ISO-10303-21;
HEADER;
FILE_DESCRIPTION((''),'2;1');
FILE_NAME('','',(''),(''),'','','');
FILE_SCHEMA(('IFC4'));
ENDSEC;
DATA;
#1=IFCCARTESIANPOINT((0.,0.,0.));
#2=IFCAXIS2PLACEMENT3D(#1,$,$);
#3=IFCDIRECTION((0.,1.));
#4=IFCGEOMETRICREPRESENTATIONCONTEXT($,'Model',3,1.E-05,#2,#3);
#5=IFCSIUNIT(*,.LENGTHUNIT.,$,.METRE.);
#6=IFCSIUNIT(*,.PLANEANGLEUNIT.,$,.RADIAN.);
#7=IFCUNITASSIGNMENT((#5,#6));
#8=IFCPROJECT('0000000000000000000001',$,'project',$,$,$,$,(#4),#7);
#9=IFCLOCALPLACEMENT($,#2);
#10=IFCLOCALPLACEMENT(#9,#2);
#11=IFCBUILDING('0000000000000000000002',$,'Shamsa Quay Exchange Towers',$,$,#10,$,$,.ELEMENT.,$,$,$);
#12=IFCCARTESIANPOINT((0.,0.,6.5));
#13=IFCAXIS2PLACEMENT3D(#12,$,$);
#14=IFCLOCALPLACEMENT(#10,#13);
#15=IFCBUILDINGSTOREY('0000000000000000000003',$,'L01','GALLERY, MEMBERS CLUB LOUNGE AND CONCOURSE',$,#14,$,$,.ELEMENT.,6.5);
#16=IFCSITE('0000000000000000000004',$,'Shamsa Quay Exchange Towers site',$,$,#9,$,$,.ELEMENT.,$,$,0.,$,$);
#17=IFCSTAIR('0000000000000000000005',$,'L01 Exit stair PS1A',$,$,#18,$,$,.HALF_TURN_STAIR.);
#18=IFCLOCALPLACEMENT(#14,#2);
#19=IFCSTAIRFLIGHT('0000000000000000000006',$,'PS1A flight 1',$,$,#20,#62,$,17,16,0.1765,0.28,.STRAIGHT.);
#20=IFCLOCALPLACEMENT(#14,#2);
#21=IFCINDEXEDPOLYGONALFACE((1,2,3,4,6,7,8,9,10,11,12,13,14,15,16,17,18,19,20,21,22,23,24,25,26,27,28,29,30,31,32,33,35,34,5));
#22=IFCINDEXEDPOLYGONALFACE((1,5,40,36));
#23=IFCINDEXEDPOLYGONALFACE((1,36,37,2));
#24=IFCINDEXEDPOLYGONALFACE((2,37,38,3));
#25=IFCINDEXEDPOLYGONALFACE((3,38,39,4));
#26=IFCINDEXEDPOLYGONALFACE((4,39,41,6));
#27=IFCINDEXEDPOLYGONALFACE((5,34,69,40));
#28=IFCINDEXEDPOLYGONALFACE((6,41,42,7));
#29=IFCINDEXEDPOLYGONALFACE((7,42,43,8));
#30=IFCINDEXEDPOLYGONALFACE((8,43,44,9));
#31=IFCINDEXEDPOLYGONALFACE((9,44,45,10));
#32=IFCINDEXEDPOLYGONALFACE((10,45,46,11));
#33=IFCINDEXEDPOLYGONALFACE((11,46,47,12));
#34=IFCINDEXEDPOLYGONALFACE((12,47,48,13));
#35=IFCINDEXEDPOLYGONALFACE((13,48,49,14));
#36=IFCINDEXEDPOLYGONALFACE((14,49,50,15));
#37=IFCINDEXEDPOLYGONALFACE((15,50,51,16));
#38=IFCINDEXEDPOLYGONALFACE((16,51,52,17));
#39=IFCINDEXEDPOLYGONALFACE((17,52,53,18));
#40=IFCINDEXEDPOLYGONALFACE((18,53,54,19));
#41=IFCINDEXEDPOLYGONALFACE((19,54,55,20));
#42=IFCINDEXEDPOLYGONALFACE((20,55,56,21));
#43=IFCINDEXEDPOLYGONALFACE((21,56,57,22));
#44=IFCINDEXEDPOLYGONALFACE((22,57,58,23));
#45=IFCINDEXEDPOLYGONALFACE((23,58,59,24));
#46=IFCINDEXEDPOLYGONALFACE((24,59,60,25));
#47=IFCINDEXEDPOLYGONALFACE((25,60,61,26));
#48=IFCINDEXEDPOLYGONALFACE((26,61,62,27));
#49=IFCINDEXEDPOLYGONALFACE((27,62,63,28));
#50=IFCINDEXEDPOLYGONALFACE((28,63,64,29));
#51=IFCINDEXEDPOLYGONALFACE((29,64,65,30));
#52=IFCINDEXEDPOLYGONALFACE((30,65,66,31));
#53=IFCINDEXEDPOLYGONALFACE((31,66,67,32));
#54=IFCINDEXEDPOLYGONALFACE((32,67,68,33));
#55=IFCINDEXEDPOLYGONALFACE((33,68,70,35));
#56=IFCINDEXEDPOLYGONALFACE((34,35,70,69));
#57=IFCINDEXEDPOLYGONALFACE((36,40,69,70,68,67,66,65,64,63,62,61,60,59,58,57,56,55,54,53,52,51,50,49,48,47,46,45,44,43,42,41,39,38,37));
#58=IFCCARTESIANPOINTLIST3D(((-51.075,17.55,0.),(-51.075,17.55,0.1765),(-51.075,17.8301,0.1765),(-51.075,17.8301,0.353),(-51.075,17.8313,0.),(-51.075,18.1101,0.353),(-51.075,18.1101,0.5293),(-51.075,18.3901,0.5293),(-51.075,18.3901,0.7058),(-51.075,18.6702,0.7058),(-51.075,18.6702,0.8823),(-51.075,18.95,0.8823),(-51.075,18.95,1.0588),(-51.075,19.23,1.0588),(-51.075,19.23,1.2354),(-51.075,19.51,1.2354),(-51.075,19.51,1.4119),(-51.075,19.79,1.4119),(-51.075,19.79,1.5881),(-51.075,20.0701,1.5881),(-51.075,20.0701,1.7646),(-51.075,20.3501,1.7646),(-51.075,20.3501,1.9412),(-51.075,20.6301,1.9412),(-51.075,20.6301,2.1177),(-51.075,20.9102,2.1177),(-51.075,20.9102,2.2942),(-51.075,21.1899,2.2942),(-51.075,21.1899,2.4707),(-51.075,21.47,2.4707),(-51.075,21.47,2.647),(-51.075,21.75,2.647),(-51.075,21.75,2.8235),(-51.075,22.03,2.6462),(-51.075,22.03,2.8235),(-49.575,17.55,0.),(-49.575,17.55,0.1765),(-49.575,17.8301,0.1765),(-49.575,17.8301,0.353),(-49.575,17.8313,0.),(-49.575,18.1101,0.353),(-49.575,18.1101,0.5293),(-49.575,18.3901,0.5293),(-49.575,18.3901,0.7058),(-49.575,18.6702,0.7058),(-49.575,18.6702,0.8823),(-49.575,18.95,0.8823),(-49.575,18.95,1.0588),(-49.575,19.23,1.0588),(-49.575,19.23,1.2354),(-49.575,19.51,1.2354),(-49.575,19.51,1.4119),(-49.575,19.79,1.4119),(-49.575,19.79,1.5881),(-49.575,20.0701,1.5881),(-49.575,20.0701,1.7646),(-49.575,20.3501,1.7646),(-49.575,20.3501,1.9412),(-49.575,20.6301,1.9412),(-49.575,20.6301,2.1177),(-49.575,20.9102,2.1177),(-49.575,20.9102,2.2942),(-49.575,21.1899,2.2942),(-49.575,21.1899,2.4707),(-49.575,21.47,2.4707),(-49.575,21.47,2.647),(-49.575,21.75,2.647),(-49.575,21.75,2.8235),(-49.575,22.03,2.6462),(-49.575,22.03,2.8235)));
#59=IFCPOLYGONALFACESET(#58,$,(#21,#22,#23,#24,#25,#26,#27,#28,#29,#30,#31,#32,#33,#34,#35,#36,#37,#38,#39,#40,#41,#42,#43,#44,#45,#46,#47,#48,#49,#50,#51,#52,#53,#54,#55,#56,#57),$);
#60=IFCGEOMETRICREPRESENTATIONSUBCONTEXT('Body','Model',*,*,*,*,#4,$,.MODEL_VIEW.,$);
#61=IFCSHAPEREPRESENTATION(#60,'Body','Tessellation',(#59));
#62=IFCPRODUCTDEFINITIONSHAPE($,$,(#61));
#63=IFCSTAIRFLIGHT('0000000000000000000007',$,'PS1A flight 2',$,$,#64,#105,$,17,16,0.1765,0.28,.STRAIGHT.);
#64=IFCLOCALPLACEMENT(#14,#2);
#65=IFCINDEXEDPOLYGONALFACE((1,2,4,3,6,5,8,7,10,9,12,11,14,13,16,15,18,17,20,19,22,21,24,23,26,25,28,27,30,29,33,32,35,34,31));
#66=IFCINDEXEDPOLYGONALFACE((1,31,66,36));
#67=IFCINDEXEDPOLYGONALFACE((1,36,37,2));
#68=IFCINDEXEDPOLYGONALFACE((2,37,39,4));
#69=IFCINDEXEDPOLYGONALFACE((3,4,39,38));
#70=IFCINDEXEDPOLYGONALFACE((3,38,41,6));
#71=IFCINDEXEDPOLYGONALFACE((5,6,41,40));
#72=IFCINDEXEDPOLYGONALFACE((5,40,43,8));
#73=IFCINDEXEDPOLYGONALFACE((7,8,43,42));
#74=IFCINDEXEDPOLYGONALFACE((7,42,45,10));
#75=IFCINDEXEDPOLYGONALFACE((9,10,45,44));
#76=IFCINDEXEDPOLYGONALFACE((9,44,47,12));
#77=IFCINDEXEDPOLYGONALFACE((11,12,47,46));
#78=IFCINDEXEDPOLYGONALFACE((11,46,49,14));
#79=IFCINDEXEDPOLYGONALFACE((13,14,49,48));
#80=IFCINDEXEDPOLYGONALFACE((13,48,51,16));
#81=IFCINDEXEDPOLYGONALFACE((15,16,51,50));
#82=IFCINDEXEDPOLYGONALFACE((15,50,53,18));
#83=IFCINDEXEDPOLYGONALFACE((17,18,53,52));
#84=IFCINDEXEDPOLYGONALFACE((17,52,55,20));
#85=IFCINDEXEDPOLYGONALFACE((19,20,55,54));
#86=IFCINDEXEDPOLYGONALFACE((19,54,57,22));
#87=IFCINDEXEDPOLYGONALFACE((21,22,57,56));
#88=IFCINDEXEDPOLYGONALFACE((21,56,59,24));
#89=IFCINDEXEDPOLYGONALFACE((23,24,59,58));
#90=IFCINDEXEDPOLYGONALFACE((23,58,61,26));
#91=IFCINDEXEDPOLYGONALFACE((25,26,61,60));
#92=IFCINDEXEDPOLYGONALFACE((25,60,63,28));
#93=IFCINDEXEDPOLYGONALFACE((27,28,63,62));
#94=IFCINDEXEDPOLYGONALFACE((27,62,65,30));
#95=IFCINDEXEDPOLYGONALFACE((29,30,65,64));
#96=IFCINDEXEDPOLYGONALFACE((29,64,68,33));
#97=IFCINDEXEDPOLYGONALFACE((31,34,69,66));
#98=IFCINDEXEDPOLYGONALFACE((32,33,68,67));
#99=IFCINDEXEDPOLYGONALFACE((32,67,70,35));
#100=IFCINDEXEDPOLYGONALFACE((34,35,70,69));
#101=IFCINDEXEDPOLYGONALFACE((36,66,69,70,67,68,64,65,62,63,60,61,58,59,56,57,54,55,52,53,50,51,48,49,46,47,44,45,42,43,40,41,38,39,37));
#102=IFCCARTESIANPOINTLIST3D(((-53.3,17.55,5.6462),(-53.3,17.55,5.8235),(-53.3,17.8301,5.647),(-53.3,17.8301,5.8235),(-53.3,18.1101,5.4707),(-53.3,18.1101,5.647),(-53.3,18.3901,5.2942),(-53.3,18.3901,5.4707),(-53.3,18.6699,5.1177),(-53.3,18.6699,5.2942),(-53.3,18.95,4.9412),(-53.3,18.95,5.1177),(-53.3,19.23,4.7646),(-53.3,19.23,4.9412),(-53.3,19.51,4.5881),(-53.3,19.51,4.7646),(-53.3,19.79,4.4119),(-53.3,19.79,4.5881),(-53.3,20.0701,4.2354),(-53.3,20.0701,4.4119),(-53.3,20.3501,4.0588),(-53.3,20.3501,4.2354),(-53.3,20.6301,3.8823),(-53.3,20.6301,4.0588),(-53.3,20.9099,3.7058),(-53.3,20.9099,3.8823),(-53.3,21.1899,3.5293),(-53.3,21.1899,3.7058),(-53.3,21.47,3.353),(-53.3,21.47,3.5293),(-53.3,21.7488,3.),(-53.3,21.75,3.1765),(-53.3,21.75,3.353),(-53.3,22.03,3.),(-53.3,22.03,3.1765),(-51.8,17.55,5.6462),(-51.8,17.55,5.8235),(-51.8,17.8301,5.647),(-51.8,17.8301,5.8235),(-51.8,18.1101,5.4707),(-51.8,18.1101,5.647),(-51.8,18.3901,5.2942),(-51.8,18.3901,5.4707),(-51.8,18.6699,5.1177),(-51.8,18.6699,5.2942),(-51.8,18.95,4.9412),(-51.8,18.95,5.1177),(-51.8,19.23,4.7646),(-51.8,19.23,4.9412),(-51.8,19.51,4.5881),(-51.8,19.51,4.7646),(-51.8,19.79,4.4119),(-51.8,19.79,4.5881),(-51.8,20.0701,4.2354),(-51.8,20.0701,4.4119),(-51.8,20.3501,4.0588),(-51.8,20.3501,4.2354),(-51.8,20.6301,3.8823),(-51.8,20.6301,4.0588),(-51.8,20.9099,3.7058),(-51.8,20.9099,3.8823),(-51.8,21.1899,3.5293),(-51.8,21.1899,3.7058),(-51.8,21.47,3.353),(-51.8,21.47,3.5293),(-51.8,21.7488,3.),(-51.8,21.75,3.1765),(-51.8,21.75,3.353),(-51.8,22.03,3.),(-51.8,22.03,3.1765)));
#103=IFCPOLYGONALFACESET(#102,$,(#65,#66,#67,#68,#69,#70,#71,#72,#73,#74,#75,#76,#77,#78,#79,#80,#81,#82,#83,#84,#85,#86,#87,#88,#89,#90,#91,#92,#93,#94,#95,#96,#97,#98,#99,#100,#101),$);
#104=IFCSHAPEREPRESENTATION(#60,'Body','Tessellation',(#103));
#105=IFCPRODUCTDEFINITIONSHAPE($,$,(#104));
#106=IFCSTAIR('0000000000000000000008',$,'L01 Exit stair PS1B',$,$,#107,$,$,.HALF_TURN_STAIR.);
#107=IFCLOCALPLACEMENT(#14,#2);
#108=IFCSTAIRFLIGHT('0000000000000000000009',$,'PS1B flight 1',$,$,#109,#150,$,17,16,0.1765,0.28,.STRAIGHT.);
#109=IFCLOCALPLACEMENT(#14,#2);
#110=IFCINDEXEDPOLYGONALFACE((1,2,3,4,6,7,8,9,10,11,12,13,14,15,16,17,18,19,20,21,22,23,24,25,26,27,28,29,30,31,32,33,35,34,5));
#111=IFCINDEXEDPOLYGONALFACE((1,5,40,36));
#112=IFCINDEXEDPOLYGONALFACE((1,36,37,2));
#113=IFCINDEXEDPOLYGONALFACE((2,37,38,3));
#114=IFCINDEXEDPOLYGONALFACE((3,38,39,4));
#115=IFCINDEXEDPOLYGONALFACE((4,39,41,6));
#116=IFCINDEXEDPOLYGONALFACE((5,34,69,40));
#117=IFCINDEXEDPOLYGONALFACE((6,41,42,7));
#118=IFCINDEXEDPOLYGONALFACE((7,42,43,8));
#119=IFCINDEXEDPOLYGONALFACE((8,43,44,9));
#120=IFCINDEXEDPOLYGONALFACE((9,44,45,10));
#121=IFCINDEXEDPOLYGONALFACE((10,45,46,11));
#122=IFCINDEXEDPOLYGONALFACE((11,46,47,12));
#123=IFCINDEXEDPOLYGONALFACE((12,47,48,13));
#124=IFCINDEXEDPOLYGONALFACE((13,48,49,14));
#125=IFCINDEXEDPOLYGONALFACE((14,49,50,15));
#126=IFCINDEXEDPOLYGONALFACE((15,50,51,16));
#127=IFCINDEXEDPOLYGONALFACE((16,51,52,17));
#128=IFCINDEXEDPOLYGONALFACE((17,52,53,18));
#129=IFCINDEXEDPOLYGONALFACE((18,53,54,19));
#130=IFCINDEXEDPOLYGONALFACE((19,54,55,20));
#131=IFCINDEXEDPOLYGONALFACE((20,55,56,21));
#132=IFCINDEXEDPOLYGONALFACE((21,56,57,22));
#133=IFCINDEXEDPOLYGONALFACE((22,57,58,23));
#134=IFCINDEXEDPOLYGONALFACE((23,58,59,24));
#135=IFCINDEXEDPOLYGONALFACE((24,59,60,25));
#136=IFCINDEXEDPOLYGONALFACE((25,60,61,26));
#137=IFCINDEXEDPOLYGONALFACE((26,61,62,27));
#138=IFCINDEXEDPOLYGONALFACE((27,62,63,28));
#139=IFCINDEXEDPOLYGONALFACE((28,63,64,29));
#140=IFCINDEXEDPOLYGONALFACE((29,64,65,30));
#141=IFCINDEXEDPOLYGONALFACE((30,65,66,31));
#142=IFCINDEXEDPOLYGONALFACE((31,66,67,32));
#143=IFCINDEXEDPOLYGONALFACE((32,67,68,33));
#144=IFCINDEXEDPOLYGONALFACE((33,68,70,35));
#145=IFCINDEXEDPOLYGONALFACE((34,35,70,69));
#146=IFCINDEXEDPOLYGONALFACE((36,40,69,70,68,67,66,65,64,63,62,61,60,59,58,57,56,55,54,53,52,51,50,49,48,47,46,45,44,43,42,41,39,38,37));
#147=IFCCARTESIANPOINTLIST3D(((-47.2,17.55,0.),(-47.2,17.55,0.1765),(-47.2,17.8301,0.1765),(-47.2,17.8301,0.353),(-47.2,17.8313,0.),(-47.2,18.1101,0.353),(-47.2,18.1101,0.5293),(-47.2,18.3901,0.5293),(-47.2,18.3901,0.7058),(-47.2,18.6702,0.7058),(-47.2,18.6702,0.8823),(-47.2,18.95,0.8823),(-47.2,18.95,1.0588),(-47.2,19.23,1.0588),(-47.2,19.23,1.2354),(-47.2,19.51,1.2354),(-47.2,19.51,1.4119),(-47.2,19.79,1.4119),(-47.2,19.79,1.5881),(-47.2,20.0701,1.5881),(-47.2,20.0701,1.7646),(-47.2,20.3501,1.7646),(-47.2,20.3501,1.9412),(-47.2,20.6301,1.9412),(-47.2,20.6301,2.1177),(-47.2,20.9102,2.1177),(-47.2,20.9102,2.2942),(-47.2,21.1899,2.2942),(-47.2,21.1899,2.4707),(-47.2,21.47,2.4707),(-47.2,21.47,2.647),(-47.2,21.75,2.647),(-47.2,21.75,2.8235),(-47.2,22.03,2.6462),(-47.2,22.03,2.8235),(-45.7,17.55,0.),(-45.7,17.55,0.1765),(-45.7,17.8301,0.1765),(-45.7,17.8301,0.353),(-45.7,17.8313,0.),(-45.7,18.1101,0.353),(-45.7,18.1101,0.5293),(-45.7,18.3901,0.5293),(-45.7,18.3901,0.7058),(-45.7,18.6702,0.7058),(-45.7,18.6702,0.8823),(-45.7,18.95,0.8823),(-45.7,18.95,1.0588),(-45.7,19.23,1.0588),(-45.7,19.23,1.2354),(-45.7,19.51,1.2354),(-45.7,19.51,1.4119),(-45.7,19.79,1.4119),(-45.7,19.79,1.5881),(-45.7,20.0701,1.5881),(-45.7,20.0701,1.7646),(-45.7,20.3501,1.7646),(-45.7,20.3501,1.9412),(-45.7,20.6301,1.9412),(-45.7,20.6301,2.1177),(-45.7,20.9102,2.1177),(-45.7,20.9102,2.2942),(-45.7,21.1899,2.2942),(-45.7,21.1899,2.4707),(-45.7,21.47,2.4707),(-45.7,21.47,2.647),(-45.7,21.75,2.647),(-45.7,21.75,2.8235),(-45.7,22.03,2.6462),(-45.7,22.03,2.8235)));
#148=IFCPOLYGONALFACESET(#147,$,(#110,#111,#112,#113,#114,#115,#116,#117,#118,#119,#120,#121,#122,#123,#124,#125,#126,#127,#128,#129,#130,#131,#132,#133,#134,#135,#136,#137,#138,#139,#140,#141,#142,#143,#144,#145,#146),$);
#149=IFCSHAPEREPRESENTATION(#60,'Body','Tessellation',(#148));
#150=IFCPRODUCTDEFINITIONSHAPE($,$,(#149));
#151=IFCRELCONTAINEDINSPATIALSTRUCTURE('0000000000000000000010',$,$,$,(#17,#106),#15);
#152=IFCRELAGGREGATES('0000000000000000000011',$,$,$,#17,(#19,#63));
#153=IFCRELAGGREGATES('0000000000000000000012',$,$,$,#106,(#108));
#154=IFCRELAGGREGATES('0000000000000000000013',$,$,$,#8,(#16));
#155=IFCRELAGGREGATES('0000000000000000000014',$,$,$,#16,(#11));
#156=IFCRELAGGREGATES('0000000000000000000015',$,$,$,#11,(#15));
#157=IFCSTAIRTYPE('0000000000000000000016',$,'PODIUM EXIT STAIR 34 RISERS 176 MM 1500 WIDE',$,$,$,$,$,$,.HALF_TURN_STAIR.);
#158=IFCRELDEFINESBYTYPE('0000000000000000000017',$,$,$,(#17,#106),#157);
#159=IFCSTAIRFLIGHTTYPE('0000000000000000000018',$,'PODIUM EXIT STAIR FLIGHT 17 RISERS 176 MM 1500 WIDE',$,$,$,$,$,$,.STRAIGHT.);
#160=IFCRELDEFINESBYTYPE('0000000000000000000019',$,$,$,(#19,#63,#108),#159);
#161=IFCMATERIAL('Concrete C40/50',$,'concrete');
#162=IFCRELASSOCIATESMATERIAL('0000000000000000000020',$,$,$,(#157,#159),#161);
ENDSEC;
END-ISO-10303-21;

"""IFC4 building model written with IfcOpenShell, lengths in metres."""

from ifc_helpers import new_model, si_unit, direction, frame, origin, place, context, subcontext, project, spatial, polyline, outline, extrude, material, type_object, element, aggregate, save


model = new_model("IFC4")

# Units and contexts
model_context = context("Model", 3, precision=1e-05, world=origin(), true_north=direction((0.0, 1.0)))
body_context = subcontext(model_context, "Body", "Model", "MODEL_VIEW")
ifc_project = project(units=[si_unit("LENGTHUNIT", "METRE"), si_unit("PLANEANGLEUNIT", "RADIAN")], contexts=[model_context])

# Site, building, storey
site_placement = place(None, origin())
site = spatial("IfcSite", under=ifc_project, at=site_placement, Name="Shamsa Quay Exchange Towers site", CompositionType="ELEMENT", RefElevation=0.0)
building_placement = place(site_placement, origin())
building = spatial("IfcBuilding", under=site, at=building_placement, Name="Shamsa Quay Exchange Towers", CompositionType="ELEMENT")
storey_placement = place(building_placement, frame((0.0, 0.0, 6.5)))
storey = spatial("IfcBuildingStorey", under=building, at=storey_placement, Name="L01", Description="GALLERY, MEMBERS CLUB LOUNGE AND CONCOURSE", CompositionType="ELEMENT", Elevation=6.5)

# Stairs, stair flights
ifc_material_1 = material(Name="Concrete C40/50", Category="concrete")
stair_type = type_object("IfcStairType", Name="PODIUM EXIT STAIR 34 RISERS 176 MM 1500 WIDE", PredefinedType="HALF_TURN_STAIR", material=ifc_material_1)
stair_1_placement = place(storey_placement, origin())
stair_1 = element("IfcStair", 1, at=stair_1_placement, inside=storey, type_object=stair_type, Name="L01 Exit stair PS1A", PredefinedType="HALF_TURN_STAIR")
stair_flight_type = type_object("IfcStairFlightType", Name="PODIUM EXIT STAIR FLIGHT 17 RISERS 176 MM 1500 WIDE", PredefinedType="STRAIGHT", material=ifc_material_1)
stair_flight_1_placement = place(storey_placement, frame((-50.325, 17.55, 0.0), z_axis=(0.0, 0.0, 1.0), x_axis=(0.0, 1.0, 0.0)))
stair_flight_1 = element("IfcStairFlight", 2, at=stair_flight_1_placement, type_object=stair_flight_type, Name="PS1A flight 1", NumberOfRisers=17, NumberOfTreads=16, PredefinedType="STRAIGHT", RiserHeight=0.1765, TreadLength=0.28, context=body_context, shape_type="SweptSolid", body=[
    extrude(outline(polyline([(0.0, 0.0), (0.0, 0.1765), (0.28, 0.1765), (0.28, 0.353), (0.5601, 0.353), (0.5601, 0.5293), (0.8401, 0.5293), (0.8401, 0.7058), (1.1201, 0.7058), (1.1201, 0.8823), (1.3999, 0.8823), (1.3999, 1.0588), (1.6799, 1.0588), (1.6799, 1.2354), (1.96, 1.2354), (1.96, 1.4119), (2.24, 1.4119), (2.24, 1.5881), (2.52, 1.5881), (2.52, 1.7646), (2.8, 1.7646), (2.8, 1.9412), (3.0801, 1.9412), (3.0801, 2.1177), (3.3601, 2.1177), (3.3601, 2.2942), (3.6399, 2.2942), (3.6399, 2.4707), (3.9199, 2.4707), (3.9199, 2.647), (4.2, 2.647), (4.2, 2.8235), (4.48, 2.8235), (4.48, 3.0), (4.48, 2.6462), (0.2812, 0.0), (0.0, 0.0)])), frame((0.0, 0.75, 0.0), z_axis=(0.0, -1.0, 0.0), x_axis=(1.0, 0.0, 0.0)), (0.0, 0.0, 1.0), 1.5),
])
stair_flight_2_placement = place(storey_placement, frame((-52.55, 22.03, 3.0), z_axis=(0.0, 0.0, 1.0), x_axis=(0.0, -1.0, 0.0)))
stair_flight_2 = element("IfcStairFlight", 3, at=stair_flight_2_placement, type_object=stair_flight_type, Name="PS1A flight 2", NumberOfRisers=17, NumberOfTreads=16, PredefinedType="STRAIGHT", RiserHeight=0.1765, TreadLength=0.28, context=body_context, shape_type="SweptSolid", body=[
    extrude(outline(polyline([(0.0, 0.0), (0.0, 0.1765), (0.28, 0.1765), (0.28, 0.353), (0.5601, 0.353), (0.5601, 0.5293), (0.8401, 0.5293), (0.8401, 0.7058), (1.1201, 0.7058), (1.1201, 0.8823), (1.3999, 0.8823), (1.3999, 1.0588), (1.6799, 1.0588), (1.6799, 1.2354), (1.96, 1.2354), (1.96, 1.4119), (2.24, 1.4119), (2.24, 1.5881), (2.52, 1.5881), (2.52, 1.7646), (2.8, 1.7646), (2.8, 1.9412), (3.0801, 1.9412), (3.0801, 2.1177), (3.3601, 2.1177), (3.3601, 2.2942), (3.6399, 2.2942), (3.6399, 2.4707), (3.9199, 2.4707), (3.9199, 2.647), (4.2, 2.647), (4.2, 2.8235), (4.48, 2.8235), (4.48, 3.0), (4.48, 2.6462), (0.2812, 0.0), (0.0, 0.0)])), frame((0.0, 0.75, 0.0), z_axis=(0.0, -1.0, 0.0), x_axis=(1.0, 0.0, 0.0)), (0.0, 0.0, 1.0), 1.5),
])
aggregate(stair_1, [stair_flight_1, stair_flight_2])
stair_2_placement = place(storey_placement, origin())
stair_2 = element("IfcStair", 4, at=stair_2_placement, inside=storey, type_object=stair_type, Name="L01 Exit stair PS1B", PredefinedType="HALF_TURN_STAIR")
stair_flight_3_placement = place(storey_placement, frame((-46.45, 17.55, 0.0), z_axis=(0.0, 0.0, 1.0), x_axis=(0.0, 1.0, 0.0)))
stair_flight_3 = element("IfcStairFlight", 5, at=stair_flight_3_placement, type_object=stair_flight_type, Name="PS1B flight 1", NumberOfRisers=17, NumberOfTreads=16, PredefinedType="STRAIGHT", RiserHeight=0.1765, TreadLength=0.28, context=body_context, shape_type="SweptSolid", body=[
    extrude(outline(polyline([(0.0, 0.0), (0.0, 0.1765), (0.28, 0.1765), (0.28, 0.353), (0.5601, 0.353), (0.5601, 0.5293), (0.8401, 0.5293), (0.8401, 0.7058), (1.1201, 0.7058), (1.1201, 0.8823), (1.3999, 0.8823), (1.3999, 1.0588), (1.6799, 1.0588), (1.6799, 1.2354), (1.96, 1.2354), (1.96, 1.4119), (2.24, 1.4119), (2.24, 1.5881), (2.52, 1.5881), (2.52, 1.7646), (2.8, 1.7646), (2.8, 1.9412), (3.0801, 1.9412), (3.0801, 2.1177), (3.3601, 2.1177), (3.3601, 2.2942), (3.6399, 2.2942), (3.6399, 2.4707), (3.9199, 2.4707), (3.9199, 2.647), (4.2, 2.647), (4.2, 2.8235), (4.48, 2.8235), (4.48, 3.0), (4.48, 2.6462), (0.2812, 0.0), (0.0, 0.0)])), frame((0.0, 0.75, 0.0), z_axis=(0.0, -1.0, 0.0), x_axis=(1.0, 0.0, 0.0)), (0.0, 0.0, 1.0), 1.5),
])
aggregate(stair_2, [stair_flight_3])

save(model, "model.ifc")
